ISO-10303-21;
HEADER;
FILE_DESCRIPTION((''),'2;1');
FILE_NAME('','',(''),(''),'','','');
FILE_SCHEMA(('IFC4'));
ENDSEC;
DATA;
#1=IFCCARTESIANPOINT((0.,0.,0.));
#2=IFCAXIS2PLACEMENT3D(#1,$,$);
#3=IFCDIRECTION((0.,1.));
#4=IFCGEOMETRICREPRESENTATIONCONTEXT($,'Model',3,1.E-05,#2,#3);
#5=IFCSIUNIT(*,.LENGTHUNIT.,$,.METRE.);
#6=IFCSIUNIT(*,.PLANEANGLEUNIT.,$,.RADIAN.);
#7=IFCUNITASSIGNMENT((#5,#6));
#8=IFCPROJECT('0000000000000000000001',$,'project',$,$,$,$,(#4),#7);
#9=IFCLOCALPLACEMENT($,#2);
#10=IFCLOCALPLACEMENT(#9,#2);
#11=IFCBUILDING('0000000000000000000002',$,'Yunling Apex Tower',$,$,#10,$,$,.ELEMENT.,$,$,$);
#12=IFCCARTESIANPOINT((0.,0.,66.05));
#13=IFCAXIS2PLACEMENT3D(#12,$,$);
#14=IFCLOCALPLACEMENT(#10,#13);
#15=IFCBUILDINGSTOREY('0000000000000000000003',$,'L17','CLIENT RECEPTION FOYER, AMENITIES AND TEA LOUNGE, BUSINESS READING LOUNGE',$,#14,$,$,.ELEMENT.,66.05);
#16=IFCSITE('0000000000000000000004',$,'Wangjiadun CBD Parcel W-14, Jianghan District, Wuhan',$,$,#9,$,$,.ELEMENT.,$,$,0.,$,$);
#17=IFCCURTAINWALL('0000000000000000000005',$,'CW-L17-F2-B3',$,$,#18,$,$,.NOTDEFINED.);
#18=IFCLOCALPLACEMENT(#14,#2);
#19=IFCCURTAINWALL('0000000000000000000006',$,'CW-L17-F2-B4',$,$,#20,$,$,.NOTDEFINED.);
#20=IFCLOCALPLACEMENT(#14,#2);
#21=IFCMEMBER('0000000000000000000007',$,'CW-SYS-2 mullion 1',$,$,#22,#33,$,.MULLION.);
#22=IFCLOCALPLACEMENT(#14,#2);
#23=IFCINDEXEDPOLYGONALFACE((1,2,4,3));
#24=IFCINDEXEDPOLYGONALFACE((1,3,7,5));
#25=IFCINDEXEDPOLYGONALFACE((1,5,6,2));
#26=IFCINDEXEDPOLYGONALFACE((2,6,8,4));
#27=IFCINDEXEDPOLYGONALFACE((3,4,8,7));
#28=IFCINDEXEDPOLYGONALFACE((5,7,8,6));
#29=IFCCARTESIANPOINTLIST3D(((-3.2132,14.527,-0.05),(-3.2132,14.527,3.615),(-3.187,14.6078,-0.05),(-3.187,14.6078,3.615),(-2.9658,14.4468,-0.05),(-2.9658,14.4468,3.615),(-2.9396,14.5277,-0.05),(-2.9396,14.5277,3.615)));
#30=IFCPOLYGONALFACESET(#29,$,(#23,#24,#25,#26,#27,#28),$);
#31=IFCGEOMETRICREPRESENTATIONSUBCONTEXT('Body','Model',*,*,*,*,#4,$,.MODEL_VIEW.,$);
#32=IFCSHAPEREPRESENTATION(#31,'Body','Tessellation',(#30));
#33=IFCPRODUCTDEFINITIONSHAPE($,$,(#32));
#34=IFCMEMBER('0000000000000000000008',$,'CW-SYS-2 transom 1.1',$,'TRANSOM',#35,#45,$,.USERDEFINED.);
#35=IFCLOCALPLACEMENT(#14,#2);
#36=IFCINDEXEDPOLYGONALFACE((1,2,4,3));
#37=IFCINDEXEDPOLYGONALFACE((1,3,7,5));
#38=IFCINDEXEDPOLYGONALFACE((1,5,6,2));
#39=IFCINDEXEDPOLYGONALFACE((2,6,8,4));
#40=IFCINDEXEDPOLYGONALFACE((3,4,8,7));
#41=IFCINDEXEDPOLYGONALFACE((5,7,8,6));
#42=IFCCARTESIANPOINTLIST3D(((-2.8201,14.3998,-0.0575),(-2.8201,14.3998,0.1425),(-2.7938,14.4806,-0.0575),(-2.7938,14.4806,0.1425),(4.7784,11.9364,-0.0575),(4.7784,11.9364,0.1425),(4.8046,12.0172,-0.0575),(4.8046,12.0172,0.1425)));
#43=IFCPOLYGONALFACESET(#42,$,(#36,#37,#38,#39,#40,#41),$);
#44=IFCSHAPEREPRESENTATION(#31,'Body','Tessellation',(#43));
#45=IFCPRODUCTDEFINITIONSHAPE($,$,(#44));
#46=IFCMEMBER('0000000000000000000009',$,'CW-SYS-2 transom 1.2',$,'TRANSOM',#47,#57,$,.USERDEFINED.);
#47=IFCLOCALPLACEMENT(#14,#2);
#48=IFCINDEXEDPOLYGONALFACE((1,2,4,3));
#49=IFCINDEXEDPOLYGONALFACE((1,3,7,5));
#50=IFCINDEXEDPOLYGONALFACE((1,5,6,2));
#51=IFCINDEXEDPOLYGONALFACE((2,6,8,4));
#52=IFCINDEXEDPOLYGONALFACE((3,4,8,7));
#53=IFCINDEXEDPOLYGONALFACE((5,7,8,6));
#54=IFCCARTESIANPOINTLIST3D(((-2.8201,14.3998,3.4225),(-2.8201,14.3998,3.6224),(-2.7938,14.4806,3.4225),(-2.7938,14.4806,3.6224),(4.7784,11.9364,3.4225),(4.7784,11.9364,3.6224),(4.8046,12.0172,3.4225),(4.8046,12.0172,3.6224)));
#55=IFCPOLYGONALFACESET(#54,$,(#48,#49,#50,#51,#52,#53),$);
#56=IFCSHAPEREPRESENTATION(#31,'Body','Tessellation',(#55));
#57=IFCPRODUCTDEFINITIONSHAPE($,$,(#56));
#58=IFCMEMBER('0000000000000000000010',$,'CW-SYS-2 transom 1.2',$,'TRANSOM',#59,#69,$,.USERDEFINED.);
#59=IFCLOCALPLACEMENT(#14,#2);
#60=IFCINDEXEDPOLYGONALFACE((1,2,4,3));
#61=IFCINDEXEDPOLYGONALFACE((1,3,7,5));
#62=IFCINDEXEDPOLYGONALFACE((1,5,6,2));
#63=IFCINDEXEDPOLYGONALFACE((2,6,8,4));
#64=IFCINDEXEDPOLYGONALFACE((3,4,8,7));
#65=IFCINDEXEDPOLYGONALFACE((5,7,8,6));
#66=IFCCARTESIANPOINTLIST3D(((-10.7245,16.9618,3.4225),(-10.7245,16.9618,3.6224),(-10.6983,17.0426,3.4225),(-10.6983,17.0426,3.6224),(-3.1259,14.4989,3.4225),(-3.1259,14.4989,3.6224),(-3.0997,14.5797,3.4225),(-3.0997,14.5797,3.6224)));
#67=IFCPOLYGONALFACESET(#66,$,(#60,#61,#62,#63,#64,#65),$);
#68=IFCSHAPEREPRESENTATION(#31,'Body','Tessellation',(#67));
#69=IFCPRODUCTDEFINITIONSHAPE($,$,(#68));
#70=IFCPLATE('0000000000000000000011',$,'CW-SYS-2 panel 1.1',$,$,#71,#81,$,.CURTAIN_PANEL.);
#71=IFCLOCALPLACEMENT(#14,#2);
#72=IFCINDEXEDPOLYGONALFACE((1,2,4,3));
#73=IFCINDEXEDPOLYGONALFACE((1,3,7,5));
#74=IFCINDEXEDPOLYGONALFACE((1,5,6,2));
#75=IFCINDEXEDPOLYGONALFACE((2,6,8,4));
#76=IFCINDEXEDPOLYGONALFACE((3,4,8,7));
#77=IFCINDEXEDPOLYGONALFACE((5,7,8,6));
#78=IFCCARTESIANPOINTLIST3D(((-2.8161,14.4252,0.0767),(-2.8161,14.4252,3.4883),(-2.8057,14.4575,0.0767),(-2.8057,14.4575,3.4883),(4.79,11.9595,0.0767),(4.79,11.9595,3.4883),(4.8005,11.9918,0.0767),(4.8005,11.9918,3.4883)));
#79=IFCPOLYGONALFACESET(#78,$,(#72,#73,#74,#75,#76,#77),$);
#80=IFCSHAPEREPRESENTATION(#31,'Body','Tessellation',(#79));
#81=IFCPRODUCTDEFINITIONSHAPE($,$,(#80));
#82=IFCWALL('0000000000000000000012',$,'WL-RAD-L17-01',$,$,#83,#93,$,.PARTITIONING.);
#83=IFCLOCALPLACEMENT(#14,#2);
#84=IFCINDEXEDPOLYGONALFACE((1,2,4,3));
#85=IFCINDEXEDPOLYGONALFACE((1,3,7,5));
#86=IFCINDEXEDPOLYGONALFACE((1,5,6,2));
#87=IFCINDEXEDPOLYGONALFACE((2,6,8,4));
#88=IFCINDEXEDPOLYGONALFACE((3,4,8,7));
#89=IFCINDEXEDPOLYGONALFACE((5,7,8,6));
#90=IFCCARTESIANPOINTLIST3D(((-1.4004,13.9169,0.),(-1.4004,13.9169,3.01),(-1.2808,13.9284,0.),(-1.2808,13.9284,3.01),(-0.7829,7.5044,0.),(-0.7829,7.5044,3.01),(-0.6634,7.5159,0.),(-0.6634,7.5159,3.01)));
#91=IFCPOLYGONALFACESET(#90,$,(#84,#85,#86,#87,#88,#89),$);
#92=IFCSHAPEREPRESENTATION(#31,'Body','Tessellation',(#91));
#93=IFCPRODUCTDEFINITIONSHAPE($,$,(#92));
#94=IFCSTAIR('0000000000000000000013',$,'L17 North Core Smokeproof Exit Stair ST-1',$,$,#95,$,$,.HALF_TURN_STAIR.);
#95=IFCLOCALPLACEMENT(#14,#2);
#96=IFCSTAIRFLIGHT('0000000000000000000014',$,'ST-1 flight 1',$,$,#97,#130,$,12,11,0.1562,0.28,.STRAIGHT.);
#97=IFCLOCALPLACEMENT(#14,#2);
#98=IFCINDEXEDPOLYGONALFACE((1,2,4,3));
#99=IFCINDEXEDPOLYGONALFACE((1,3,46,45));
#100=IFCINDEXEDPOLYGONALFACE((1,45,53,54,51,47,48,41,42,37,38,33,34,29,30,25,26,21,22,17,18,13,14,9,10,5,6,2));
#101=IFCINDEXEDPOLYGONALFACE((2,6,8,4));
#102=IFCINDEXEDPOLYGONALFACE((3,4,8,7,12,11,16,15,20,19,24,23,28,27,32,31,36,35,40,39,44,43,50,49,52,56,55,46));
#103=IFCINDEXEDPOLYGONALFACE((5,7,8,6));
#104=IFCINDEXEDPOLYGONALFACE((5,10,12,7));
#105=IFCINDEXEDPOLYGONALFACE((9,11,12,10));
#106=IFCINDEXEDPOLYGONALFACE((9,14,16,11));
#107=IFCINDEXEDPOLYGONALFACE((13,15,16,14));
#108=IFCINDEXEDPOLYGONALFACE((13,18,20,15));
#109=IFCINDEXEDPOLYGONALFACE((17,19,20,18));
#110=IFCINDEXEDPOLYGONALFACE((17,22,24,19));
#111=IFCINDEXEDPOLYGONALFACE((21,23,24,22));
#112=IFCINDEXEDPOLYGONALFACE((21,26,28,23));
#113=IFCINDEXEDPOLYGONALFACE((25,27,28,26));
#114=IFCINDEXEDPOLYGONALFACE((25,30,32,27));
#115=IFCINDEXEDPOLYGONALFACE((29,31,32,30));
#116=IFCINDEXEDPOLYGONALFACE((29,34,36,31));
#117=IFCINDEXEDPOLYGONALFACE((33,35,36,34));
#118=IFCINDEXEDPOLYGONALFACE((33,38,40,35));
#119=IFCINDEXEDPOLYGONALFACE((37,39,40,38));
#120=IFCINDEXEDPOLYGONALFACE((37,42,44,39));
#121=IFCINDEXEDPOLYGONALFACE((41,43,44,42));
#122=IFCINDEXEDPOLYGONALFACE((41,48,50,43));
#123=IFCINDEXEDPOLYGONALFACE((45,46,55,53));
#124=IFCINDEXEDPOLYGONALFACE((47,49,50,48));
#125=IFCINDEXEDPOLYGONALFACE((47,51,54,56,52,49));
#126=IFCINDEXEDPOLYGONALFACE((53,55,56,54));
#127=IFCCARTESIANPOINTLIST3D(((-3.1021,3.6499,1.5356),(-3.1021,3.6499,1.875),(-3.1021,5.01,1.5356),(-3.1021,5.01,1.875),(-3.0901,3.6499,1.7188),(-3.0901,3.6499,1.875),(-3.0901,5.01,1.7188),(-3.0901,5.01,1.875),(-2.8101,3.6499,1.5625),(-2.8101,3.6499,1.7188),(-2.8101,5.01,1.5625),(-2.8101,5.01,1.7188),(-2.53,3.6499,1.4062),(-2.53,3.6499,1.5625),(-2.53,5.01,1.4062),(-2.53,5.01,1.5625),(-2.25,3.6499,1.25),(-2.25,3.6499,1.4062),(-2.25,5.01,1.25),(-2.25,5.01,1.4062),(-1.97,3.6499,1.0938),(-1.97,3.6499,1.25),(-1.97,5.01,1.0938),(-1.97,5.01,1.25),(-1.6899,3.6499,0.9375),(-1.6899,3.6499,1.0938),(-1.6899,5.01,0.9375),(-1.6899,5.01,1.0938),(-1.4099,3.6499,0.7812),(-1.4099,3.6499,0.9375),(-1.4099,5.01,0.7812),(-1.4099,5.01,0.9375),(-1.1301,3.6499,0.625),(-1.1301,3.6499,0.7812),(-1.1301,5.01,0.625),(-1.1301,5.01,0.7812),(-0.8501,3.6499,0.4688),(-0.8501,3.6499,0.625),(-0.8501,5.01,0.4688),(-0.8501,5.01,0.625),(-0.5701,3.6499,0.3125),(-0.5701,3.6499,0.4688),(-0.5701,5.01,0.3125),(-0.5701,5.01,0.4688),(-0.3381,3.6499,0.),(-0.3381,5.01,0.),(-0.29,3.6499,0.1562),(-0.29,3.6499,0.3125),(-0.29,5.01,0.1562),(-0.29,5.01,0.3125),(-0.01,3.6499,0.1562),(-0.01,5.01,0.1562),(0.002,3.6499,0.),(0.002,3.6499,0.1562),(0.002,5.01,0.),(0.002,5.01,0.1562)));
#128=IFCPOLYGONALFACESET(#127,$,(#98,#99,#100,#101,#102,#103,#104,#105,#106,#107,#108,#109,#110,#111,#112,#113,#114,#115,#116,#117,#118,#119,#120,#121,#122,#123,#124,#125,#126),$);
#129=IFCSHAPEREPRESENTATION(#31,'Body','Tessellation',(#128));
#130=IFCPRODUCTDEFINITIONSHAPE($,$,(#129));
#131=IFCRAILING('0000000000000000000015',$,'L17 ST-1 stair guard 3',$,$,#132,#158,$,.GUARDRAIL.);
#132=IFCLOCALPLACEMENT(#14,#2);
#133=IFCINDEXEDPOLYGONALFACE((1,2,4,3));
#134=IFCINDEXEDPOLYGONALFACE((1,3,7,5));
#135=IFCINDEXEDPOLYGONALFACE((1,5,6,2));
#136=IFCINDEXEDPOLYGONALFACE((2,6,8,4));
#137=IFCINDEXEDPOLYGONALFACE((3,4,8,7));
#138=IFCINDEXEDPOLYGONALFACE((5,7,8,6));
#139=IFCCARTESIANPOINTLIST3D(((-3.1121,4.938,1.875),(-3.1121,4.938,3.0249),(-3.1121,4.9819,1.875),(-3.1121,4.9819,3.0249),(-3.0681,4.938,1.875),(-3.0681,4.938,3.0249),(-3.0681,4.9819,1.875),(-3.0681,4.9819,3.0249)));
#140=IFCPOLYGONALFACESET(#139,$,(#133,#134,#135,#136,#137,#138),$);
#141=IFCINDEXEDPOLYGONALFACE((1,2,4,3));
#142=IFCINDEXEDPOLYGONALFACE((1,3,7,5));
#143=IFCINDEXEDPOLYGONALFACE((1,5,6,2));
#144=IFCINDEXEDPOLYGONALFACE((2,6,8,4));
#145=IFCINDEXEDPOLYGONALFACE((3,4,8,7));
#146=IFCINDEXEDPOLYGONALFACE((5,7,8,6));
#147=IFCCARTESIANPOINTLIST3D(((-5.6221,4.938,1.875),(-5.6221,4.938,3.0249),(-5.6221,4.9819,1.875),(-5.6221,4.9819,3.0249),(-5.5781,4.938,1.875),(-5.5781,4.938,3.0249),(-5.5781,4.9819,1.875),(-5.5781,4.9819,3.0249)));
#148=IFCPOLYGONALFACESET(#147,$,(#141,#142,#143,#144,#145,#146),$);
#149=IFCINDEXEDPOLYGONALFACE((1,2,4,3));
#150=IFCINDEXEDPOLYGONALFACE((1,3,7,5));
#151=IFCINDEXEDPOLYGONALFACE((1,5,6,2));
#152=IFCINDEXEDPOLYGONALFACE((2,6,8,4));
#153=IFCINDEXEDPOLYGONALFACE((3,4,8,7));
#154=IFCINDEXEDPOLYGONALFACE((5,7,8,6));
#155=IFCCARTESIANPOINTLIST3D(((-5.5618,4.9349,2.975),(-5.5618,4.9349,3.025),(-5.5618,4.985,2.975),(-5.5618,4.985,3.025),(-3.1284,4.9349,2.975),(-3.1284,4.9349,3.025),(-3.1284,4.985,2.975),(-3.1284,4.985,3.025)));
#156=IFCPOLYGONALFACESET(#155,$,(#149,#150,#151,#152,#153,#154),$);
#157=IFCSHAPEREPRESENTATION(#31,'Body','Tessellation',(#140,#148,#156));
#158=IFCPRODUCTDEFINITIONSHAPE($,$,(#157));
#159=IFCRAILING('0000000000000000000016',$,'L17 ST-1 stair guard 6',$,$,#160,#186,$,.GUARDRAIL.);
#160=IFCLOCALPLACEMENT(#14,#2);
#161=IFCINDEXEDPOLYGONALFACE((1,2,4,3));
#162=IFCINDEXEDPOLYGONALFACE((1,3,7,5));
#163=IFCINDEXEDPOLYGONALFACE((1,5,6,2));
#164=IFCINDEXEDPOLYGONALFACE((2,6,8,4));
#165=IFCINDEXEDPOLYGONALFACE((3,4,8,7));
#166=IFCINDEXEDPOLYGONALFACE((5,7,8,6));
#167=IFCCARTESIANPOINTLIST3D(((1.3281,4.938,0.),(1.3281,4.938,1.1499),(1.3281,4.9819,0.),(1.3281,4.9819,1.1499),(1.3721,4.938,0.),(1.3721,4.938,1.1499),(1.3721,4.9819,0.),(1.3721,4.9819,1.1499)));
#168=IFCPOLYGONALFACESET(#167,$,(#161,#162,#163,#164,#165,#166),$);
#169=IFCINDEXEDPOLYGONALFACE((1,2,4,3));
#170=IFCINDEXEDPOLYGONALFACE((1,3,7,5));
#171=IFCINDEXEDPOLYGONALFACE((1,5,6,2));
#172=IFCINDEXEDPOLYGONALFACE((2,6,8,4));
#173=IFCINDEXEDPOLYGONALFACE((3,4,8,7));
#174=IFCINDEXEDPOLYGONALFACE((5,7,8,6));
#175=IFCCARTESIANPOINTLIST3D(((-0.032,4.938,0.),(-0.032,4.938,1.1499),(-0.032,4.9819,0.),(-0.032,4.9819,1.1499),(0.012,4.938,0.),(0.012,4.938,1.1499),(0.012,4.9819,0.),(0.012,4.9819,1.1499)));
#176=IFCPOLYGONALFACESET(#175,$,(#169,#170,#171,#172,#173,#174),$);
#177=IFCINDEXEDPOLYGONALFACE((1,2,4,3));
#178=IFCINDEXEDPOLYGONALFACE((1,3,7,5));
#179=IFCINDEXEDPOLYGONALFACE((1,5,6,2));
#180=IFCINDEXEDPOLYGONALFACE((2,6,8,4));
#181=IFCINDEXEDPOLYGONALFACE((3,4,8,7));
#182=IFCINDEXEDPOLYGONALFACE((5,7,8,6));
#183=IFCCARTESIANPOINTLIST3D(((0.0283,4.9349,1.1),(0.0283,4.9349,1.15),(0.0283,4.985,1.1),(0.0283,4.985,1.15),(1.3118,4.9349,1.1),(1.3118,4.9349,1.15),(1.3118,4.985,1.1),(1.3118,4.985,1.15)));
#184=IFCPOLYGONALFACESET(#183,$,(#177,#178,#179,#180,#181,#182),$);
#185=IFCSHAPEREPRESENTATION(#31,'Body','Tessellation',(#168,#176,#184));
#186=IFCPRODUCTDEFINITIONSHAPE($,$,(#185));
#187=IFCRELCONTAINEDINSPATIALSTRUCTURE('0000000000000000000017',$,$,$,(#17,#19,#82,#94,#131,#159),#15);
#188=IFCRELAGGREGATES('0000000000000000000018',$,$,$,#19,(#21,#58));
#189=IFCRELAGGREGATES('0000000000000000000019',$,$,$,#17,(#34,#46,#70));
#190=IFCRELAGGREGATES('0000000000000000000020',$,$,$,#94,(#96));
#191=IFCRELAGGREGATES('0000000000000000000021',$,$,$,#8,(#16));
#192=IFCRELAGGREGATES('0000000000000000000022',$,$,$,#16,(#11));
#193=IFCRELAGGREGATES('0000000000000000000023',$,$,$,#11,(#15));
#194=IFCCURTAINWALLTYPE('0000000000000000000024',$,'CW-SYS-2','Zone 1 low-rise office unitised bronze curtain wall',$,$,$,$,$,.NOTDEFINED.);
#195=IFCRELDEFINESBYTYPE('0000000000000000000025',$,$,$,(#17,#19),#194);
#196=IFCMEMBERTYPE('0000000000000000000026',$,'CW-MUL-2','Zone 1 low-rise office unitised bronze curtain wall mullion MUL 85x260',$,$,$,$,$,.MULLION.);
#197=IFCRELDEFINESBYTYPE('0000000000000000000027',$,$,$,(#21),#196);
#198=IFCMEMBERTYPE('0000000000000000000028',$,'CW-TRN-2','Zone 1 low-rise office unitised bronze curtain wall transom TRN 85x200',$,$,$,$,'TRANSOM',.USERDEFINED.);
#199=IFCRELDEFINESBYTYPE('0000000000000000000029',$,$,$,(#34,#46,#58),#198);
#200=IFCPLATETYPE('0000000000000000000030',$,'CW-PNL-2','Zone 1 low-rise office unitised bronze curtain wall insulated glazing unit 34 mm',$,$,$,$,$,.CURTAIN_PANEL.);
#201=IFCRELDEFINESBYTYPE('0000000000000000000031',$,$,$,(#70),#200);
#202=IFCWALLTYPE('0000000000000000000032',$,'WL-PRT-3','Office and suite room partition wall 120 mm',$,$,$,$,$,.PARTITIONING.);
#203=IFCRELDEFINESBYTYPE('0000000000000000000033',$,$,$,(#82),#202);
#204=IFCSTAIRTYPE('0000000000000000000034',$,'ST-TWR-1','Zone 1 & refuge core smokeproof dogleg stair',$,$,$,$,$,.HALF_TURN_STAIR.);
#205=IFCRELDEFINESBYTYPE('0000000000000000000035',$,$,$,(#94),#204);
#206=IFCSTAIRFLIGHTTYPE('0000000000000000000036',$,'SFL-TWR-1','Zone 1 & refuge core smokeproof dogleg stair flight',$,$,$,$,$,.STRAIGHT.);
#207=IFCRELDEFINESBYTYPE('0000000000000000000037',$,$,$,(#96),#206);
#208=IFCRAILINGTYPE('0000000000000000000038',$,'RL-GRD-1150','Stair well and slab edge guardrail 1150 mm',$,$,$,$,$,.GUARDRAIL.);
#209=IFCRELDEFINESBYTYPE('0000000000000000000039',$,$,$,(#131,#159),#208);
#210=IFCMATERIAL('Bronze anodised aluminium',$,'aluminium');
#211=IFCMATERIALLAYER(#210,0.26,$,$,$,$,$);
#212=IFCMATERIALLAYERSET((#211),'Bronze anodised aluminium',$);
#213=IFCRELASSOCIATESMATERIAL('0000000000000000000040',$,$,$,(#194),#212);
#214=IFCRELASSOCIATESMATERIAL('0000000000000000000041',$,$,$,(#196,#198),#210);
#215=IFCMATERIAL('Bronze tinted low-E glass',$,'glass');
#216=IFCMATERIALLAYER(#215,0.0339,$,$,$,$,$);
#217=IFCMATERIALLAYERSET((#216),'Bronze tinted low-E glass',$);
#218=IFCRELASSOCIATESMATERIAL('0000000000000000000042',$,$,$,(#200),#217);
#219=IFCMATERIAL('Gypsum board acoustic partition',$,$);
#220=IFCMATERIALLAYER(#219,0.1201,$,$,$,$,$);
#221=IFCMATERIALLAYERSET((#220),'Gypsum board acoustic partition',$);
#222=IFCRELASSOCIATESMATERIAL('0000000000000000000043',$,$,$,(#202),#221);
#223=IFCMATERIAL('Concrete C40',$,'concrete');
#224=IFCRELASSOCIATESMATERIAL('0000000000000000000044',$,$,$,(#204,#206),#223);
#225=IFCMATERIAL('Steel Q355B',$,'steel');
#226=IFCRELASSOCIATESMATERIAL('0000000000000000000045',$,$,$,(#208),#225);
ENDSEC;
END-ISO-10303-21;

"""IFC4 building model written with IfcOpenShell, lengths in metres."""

from ifc_helpers import new_model, si_unit, direction, frame, frame_2d, origin, origin_2d, place, context, subcontext, project, spatial, polyline, rectangle, outline, extrude, source, transform, mapped, material, layer, layer_set, material_profile, profile_set, type_object, element, aggregate, save


model = new_model("IFC4")

# Units and contexts
model_context = context("Model", 3, precision=1e-05, world=origin(), true_north=direction((0.0, 1.0)))
body_context = subcontext(model_context, "Body", "Model", "MODEL_VIEW")
ifc_project = project(units=[si_unit("LENGTHUNIT", "METRE"), si_unit("PLANEANGLEUNIT", "RADIAN")], contexts=[model_context])

# Site, building, storey
site_placement = place(None, origin())
site = spatial("IfcSite", under=ifc_project, at=site_placement, Name="Wangjiadun CBD Parcel W-14, Jianghan District, Wuhan", CompositionType="ELEMENT", RefElevation=0.0)
building_placement = place(site_placement, origin())
building = spatial("IfcBuilding", under=site, at=building_placement, Name="Yunling Apex Tower", CompositionType="ELEMENT")
storey_placement = place(building_placement, frame((0.0, 0.0, 66.05)))
storey = spatial("IfcBuildingStorey", under=building, at=storey_placement, Name="L17", Description="CLIENT RECEPTION FOYER, AMENITIES AND TEA LOUNGE, BUSINESS READING LOUNGE", CompositionType="ELEMENT", Elevation=66.05)

# Shared definitions
ifc_material_1 = material(Name="Steel Q355B", Category="steel")

# Shared definitions
ifc_material_2 = material(Name="Bronze anodised aluminium", Category="aluminium")
ifc_layer_1 = layer(ifc_material_2, 0.26)
ifc_layer_set_1 = layer_set([ifc_layer_1], Name="Bronze anodised aluminium")
curtain_wall_type = type_object("IfcCurtainWallType", Name="CW-SYS-2", Description="Zone 1 low-rise office unitised bronze curtain wall", PredefinedType="NOTDEFINED", material=ifc_layer_set_1)
ifc_material_profile_1 = material_profile(ifc_material_2, rectangle(XDim=0.085, YDim=0.26, at=origin_2d()))
ifc_profile_set_1 = profile_set([ifc_material_profile_1], Name="Bronze anodised aluminium")
member_type_1 = type_object("IfcMemberType", Name="CW-MUL-2", Description="Zone 1 low-rise office unitised bronze curtain wall mullion MUL 85x260", PredefinedType="MULLION", material=ifc_profile_set_1)
shared_shape_1 = source(origin(), body_context, "Body", "SweptSolid", [
    extrude(rectangle(XDim=0.085, YDim=0.26, at=origin_2d()), origin(), (0.0, 0.0, 1.0), 3.665),
])

# Curtain wall
curtain_wall_1_placement = place(storey_placement, origin())
curtain_wall_1 = element("IfcCurtainWall", 1, at=curtain_wall_1_placement, inside=storey, type_object=curtain_wall_type, Name="CW-L17-F2-B3", PredefinedType="NOTDEFINED")

# Curtain wall, member
curtain_wall_2_placement = place(storey_placement, origin())
curtain_wall_2 = element("IfcCurtainWall", 2, at=curtain_wall_2_placement, inside=storey, type_object=curtain_wall_type, Name="CW-L17-F2-B4", PredefinedType="NOTDEFINED")
member_1_placement = place(storey_placement, frame((-3.0764, 14.5273, -0.05), z_axis=(0.0, 0.0, 1.0), x_axis=(-0.308357, -0.951271, 0.0)))
member_1 = element("IfcMember", 3, at=member_1_placement, type_object=member_type_1, Name="CW-SYS-2 mullion 1", PredefinedType="MULLION", context=body_context, shape_type="MappedRepresentation", body=[
    mapped(shared_shape_1, transform((0.0, 0.0, 0.0), scale=1.0)),
])

# Members
ifc_material_profile_2 = material_profile(ifc_material_2, rectangle(XDim=0.085, YDim=0.2, at=origin_2d()))
ifc_profile_set_2 = profile_set([ifc_material_profile_2], Name="Bronze anodised aluminium")
member_type_2 = type_object("IfcMemberType", Name="CW-TRN-2", Description="Zone 1 low-rise office unitised bronze curtain wall transom TRN 85x200", ElementType="TRANSOM", PredefinedType="USERDEFINED", material=ifc_profile_set_2)
shared_shape_2 = source(origin(), body_context, "Body", "SweptSolid", [
    extrude(rectangle(XDim=0.085, YDim=0.2, at=origin_2d()), origin(), (0.0, 0.0, 1.0), 7.9878),
])
member_2_placement = place(storey_placement, frame((4.7915, 11.9768, 0.0425), z_axis=(-0.951258, 0.308396, 0.0), x_axis=(-0.308396, -0.951258, 0.0)))
member_2 = element("IfcMember", 4, at=member_2_placement, type_object=member_type_2, Name="CW-SYS-2 transom 1.1", ObjectType="TRANSOM", PredefinedType="USERDEFINED", context=body_context, shape_type="MappedRepresentation", body=[
    mapped(shared_shape_2, transform((0.0, 0.0, 0.0), scale=1.0)),
])
member_3_placement = place(storey_placement, frame((4.7915, 11.9768, 3.5225), z_axis=(-0.951258, 0.308396, 0.0), x_axis=(-0.308396, -0.951258, 0.0)))
member_3 = element("IfcMember", 5, at=member_3_placement, type_object=member_type_2, Name="CW-SYS-2 transom 1.2", ObjectType="TRANSOM", PredefinedType="USERDEFINED", context=body_context, shape_type="MappedRepresentation", body=[
    mapped(shared_shape_2, transform((0.0, 0.0, 0.0), scale=1.0)),
])
member_4_placement = place(storey_placement, frame((-3.1128, 14.5393, 3.5225), z_axis=(-0.951279, 0.308331, 0.0), x_axis=(-0.308331, -0.951279, 0.0)))
member_4 = element("IfcMember", 6, at=member_4_placement, type_object=member_type_2, Name="CW-SYS-2 transom 1.2", ObjectType="TRANSOM", PredefinedType="USERDEFINED", context=body_context, shape_type="MappedRepresentation", body=[
    mapped(shared_shape_2, transform((0.0, 0.0, 0.0), scale=1.0)),
])
aggregate(curtain_wall_2, [member_1, member_4])

# Plate
ifc_material_3 = material(Name="Bronze tinted low-E glass", Category="glass")
ifc_layer_2 = layer(ifc_material_3, 0.0339)
ifc_layer_set_2 = layer_set([ifc_layer_2], Name="Bronze tinted low-E glass")
plate_type = type_object("IfcPlateType", Name="CW-PNL-2", Description="Zone 1 low-rise office unitised bronze curtain wall insulated glazing unit 34 mm", PredefinedType="CURTAIN_PANEL", material=ifc_layer_set_2)
shared_shape_3 = source(origin(), body_context, "Body", "SweptSolid", [
    extrude(rectangle(XDim=7.9958, YDim=0.0339, at=origin_2d()), origin(), (0.0, 0.0, 1.0), 3.4116),
])
plate_placement = place(storey_placement, frame((0.9922, 13.2085, 0.0767), z_axis=(0.0, 0.0, 1.0), x_axis=(-0.951267, 0.308368, 0.0)))
plate = element("IfcPlate", 7, at=plate_placement, type_object=plate_type, Name="CW-SYS-2 panel 1.1", PredefinedType="CURTAIN_PANEL", context=body_context, shape_type="MappedRepresentation", body=[
    mapped(shared_shape_3, transform((0.0, 0.0, 0.0), scale=1.0)),
])
aggregate(curtain_wall_1, [member_2, member_3, plate])

# Wall
ifc_material_4 = material(Name="Gypsum board acoustic partition")
ifc_layer_3 = layer(ifc_material_4, 0.1201)
ifc_layer_set_3 = layer_set([ifc_layer_3], Name="Gypsum board acoustic partition")
wall_type = type_object("IfcWallType", Name="WL-PRT-3", Description="Office and suite room partition wall 120 mm", PredefinedType="PARTITIONING", material=ifc_layer_set_3)
wall_placement = place(storey_placement, frame((-0.7231, 7.51, 0.0), z_axis=(0.0, 0.0, 1.0), x_axis=(-0.095841, 0.995397, 0.0)))
element("IfcWall", 8, at=wall_placement, inside=storey, type_object=wall_type, Name="WL-RAD-L17-01", PredefinedType="PARTITIONING", context=body_context, shape_type="SweptSolid", body=[
    extrude(rectangle(XDim=6.4421, YDim=0.1201, at=frame_2d((3.2212, 0.0))), origin(), (0.0, 0.0, 1.0), 3.01),
])

# Stair, stair flight
ifc_material_5 = material(Name="Concrete C40", Category="concrete")
stair_type = type_object("IfcStairType", Name="ST-TWR-1", Description="Zone 1 & refuge core smokeproof dogleg stair", PredefinedType="HALF_TURN_STAIR", material=ifc_material_5)
stair_placement = place(storey_placement, origin())
stair = element("IfcStair", 9, at=stair_placement, inside=storey, type_object=stair_type, Name="L17 North Core Smokeproof Exit Stair ST-1", PredefinedType="HALF_TURN_STAIR")
stair_flight_type = type_object("IfcStairFlightType", Name="SFL-TWR-1", Description="Zone 1 & refuge core smokeproof dogleg stair flight", PredefinedType="STRAIGHT", material=ifc_material_5)
stair_flight_placement = place(storey_placement, frame((-0.01, 4.3301, 0.0), z_axis=(0.0, 0.0, 1.0), x_axis=(-1.0, 0.0, 0.0)))
stair_flight = element("IfcStairFlight", 10, at=stair_flight_placement, type_object=stair_flight_type, Name="ST-1 flight 1", NumberOfRisers=12, NumberOfTreads=11, PredefinedType="STRAIGHT", RiserHeight=0.1562, TreadLength=0.28, context=body_context, shape_type="SweptSolid", body=[
    extrude(outline(polyline([(-0.012, 0.0), (-0.012, 0.1562), (0.0, 0.1562), (0.28, 0.1562), (0.28, 0.3125), (0.5601, 0.3125), (0.5601, 0.4688), (0.8401, 0.4688), (0.8401, 0.625), (1.1201, 0.625), (1.1201, 0.7812), (1.3999, 0.7812), (1.3999, 0.9375), (1.6799, 0.9375), (1.6799, 1.0938), (1.96, 1.0938), (1.96, 1.25), (2.24, 1.25), (2.24, 1.4062), (2.52, 1.4062), (2.52, 1.5625), (2.8, 1.5625), (2.8, 1.7188), (3.0801, 1.7188), (3.0801, 1.875), (3.092, 1.875), (3.092, 1.5356), (0.3281, 0.0), (-0.012, 0.0)])), frame((0.0, 0.6802, 0.0), z_axis=(0.0, -1.0, 0.0), x_axis=(1.0, 0.0, 0.0)), (0.0, 0.0, 1.0), 1.3601),
])
aggregate(stair, [stair_flight])

# Railings
railing_type_1 = type_object("IfcRailingType", Name="RL-GRD-1150", Description="Stair well and slab edge guardrail 1150 mm", PredefinedType="GUARDRAIL", material=ifc_material_1)
railing_1_placement = place(storey_placement, frame((-3.0901, 4.96, 1.875)))
element("IfcRailing", 11, at=railing_1_placement, inside=storey, type_object=railing_type_1, Name="L17 ST-1 stair guard 3", PredefinedType="GUARDRAIL", context=body_context, shape_type="SweptSolid", body=[
    extrude(rectangle(XDim=0.0439, YDim=0.0439, at=origin_2d()), origin(), (0.0, 0.0, 1.0), 1.1499),
    extrude(rectangle(XDim=0.0439, YDim=0.0439, at=origin_2d()), frame((-2.51, 0.0, 0.0)), (0.0, 0.0, 1.0), 1.1499),
    extrude(rectangle(XDim=0.05, YDim=0.05, at=origin_2d()), frame((-0.0383, 0.0, 1.125), z_axis=(-1.0, 0.0, 0.0), x_axis=(0.0, -1.0, 0.0)), (0.0, 0.0, 1.0), 2.4333),
])
railing_2_placement = place(storey_placement, frame((1.3501, 4.96, 0.0)))
element("IfcRailing", 12, at=railing_2_placement, inside=storey, type_object=railing_type_1, Name="L17 ST-1 stair guard 6", PredefinedType="GUARDRAIL", context=body_context, shape_type="SweptSolid", body=[
    extrude(rectangle(XDim=0.0439, YDim=0.0439, at=origin_2d()), origin(), (0.0, 0.0, 1.0), 1.1499),
    extrude(rectangle(XDim=0.0439, YDim=0.0439, at=origin_2d()), frame((-1.3601, 0.0, 0.0)), (0.0, 0.0, 1.0), 1.1499),
    extrude(rectangle(XDim=0.05, YDim=0.05, at=origin_2d()), frame((-0.0383, 0.0, 1.125), z_axis=(-1.0, 0.0, 0.0), x_axis=(0.0, -1.0, 0.0)), (0.0, 0.0, 1.0), 1.2834),
])

save(model, "model.ifc")
